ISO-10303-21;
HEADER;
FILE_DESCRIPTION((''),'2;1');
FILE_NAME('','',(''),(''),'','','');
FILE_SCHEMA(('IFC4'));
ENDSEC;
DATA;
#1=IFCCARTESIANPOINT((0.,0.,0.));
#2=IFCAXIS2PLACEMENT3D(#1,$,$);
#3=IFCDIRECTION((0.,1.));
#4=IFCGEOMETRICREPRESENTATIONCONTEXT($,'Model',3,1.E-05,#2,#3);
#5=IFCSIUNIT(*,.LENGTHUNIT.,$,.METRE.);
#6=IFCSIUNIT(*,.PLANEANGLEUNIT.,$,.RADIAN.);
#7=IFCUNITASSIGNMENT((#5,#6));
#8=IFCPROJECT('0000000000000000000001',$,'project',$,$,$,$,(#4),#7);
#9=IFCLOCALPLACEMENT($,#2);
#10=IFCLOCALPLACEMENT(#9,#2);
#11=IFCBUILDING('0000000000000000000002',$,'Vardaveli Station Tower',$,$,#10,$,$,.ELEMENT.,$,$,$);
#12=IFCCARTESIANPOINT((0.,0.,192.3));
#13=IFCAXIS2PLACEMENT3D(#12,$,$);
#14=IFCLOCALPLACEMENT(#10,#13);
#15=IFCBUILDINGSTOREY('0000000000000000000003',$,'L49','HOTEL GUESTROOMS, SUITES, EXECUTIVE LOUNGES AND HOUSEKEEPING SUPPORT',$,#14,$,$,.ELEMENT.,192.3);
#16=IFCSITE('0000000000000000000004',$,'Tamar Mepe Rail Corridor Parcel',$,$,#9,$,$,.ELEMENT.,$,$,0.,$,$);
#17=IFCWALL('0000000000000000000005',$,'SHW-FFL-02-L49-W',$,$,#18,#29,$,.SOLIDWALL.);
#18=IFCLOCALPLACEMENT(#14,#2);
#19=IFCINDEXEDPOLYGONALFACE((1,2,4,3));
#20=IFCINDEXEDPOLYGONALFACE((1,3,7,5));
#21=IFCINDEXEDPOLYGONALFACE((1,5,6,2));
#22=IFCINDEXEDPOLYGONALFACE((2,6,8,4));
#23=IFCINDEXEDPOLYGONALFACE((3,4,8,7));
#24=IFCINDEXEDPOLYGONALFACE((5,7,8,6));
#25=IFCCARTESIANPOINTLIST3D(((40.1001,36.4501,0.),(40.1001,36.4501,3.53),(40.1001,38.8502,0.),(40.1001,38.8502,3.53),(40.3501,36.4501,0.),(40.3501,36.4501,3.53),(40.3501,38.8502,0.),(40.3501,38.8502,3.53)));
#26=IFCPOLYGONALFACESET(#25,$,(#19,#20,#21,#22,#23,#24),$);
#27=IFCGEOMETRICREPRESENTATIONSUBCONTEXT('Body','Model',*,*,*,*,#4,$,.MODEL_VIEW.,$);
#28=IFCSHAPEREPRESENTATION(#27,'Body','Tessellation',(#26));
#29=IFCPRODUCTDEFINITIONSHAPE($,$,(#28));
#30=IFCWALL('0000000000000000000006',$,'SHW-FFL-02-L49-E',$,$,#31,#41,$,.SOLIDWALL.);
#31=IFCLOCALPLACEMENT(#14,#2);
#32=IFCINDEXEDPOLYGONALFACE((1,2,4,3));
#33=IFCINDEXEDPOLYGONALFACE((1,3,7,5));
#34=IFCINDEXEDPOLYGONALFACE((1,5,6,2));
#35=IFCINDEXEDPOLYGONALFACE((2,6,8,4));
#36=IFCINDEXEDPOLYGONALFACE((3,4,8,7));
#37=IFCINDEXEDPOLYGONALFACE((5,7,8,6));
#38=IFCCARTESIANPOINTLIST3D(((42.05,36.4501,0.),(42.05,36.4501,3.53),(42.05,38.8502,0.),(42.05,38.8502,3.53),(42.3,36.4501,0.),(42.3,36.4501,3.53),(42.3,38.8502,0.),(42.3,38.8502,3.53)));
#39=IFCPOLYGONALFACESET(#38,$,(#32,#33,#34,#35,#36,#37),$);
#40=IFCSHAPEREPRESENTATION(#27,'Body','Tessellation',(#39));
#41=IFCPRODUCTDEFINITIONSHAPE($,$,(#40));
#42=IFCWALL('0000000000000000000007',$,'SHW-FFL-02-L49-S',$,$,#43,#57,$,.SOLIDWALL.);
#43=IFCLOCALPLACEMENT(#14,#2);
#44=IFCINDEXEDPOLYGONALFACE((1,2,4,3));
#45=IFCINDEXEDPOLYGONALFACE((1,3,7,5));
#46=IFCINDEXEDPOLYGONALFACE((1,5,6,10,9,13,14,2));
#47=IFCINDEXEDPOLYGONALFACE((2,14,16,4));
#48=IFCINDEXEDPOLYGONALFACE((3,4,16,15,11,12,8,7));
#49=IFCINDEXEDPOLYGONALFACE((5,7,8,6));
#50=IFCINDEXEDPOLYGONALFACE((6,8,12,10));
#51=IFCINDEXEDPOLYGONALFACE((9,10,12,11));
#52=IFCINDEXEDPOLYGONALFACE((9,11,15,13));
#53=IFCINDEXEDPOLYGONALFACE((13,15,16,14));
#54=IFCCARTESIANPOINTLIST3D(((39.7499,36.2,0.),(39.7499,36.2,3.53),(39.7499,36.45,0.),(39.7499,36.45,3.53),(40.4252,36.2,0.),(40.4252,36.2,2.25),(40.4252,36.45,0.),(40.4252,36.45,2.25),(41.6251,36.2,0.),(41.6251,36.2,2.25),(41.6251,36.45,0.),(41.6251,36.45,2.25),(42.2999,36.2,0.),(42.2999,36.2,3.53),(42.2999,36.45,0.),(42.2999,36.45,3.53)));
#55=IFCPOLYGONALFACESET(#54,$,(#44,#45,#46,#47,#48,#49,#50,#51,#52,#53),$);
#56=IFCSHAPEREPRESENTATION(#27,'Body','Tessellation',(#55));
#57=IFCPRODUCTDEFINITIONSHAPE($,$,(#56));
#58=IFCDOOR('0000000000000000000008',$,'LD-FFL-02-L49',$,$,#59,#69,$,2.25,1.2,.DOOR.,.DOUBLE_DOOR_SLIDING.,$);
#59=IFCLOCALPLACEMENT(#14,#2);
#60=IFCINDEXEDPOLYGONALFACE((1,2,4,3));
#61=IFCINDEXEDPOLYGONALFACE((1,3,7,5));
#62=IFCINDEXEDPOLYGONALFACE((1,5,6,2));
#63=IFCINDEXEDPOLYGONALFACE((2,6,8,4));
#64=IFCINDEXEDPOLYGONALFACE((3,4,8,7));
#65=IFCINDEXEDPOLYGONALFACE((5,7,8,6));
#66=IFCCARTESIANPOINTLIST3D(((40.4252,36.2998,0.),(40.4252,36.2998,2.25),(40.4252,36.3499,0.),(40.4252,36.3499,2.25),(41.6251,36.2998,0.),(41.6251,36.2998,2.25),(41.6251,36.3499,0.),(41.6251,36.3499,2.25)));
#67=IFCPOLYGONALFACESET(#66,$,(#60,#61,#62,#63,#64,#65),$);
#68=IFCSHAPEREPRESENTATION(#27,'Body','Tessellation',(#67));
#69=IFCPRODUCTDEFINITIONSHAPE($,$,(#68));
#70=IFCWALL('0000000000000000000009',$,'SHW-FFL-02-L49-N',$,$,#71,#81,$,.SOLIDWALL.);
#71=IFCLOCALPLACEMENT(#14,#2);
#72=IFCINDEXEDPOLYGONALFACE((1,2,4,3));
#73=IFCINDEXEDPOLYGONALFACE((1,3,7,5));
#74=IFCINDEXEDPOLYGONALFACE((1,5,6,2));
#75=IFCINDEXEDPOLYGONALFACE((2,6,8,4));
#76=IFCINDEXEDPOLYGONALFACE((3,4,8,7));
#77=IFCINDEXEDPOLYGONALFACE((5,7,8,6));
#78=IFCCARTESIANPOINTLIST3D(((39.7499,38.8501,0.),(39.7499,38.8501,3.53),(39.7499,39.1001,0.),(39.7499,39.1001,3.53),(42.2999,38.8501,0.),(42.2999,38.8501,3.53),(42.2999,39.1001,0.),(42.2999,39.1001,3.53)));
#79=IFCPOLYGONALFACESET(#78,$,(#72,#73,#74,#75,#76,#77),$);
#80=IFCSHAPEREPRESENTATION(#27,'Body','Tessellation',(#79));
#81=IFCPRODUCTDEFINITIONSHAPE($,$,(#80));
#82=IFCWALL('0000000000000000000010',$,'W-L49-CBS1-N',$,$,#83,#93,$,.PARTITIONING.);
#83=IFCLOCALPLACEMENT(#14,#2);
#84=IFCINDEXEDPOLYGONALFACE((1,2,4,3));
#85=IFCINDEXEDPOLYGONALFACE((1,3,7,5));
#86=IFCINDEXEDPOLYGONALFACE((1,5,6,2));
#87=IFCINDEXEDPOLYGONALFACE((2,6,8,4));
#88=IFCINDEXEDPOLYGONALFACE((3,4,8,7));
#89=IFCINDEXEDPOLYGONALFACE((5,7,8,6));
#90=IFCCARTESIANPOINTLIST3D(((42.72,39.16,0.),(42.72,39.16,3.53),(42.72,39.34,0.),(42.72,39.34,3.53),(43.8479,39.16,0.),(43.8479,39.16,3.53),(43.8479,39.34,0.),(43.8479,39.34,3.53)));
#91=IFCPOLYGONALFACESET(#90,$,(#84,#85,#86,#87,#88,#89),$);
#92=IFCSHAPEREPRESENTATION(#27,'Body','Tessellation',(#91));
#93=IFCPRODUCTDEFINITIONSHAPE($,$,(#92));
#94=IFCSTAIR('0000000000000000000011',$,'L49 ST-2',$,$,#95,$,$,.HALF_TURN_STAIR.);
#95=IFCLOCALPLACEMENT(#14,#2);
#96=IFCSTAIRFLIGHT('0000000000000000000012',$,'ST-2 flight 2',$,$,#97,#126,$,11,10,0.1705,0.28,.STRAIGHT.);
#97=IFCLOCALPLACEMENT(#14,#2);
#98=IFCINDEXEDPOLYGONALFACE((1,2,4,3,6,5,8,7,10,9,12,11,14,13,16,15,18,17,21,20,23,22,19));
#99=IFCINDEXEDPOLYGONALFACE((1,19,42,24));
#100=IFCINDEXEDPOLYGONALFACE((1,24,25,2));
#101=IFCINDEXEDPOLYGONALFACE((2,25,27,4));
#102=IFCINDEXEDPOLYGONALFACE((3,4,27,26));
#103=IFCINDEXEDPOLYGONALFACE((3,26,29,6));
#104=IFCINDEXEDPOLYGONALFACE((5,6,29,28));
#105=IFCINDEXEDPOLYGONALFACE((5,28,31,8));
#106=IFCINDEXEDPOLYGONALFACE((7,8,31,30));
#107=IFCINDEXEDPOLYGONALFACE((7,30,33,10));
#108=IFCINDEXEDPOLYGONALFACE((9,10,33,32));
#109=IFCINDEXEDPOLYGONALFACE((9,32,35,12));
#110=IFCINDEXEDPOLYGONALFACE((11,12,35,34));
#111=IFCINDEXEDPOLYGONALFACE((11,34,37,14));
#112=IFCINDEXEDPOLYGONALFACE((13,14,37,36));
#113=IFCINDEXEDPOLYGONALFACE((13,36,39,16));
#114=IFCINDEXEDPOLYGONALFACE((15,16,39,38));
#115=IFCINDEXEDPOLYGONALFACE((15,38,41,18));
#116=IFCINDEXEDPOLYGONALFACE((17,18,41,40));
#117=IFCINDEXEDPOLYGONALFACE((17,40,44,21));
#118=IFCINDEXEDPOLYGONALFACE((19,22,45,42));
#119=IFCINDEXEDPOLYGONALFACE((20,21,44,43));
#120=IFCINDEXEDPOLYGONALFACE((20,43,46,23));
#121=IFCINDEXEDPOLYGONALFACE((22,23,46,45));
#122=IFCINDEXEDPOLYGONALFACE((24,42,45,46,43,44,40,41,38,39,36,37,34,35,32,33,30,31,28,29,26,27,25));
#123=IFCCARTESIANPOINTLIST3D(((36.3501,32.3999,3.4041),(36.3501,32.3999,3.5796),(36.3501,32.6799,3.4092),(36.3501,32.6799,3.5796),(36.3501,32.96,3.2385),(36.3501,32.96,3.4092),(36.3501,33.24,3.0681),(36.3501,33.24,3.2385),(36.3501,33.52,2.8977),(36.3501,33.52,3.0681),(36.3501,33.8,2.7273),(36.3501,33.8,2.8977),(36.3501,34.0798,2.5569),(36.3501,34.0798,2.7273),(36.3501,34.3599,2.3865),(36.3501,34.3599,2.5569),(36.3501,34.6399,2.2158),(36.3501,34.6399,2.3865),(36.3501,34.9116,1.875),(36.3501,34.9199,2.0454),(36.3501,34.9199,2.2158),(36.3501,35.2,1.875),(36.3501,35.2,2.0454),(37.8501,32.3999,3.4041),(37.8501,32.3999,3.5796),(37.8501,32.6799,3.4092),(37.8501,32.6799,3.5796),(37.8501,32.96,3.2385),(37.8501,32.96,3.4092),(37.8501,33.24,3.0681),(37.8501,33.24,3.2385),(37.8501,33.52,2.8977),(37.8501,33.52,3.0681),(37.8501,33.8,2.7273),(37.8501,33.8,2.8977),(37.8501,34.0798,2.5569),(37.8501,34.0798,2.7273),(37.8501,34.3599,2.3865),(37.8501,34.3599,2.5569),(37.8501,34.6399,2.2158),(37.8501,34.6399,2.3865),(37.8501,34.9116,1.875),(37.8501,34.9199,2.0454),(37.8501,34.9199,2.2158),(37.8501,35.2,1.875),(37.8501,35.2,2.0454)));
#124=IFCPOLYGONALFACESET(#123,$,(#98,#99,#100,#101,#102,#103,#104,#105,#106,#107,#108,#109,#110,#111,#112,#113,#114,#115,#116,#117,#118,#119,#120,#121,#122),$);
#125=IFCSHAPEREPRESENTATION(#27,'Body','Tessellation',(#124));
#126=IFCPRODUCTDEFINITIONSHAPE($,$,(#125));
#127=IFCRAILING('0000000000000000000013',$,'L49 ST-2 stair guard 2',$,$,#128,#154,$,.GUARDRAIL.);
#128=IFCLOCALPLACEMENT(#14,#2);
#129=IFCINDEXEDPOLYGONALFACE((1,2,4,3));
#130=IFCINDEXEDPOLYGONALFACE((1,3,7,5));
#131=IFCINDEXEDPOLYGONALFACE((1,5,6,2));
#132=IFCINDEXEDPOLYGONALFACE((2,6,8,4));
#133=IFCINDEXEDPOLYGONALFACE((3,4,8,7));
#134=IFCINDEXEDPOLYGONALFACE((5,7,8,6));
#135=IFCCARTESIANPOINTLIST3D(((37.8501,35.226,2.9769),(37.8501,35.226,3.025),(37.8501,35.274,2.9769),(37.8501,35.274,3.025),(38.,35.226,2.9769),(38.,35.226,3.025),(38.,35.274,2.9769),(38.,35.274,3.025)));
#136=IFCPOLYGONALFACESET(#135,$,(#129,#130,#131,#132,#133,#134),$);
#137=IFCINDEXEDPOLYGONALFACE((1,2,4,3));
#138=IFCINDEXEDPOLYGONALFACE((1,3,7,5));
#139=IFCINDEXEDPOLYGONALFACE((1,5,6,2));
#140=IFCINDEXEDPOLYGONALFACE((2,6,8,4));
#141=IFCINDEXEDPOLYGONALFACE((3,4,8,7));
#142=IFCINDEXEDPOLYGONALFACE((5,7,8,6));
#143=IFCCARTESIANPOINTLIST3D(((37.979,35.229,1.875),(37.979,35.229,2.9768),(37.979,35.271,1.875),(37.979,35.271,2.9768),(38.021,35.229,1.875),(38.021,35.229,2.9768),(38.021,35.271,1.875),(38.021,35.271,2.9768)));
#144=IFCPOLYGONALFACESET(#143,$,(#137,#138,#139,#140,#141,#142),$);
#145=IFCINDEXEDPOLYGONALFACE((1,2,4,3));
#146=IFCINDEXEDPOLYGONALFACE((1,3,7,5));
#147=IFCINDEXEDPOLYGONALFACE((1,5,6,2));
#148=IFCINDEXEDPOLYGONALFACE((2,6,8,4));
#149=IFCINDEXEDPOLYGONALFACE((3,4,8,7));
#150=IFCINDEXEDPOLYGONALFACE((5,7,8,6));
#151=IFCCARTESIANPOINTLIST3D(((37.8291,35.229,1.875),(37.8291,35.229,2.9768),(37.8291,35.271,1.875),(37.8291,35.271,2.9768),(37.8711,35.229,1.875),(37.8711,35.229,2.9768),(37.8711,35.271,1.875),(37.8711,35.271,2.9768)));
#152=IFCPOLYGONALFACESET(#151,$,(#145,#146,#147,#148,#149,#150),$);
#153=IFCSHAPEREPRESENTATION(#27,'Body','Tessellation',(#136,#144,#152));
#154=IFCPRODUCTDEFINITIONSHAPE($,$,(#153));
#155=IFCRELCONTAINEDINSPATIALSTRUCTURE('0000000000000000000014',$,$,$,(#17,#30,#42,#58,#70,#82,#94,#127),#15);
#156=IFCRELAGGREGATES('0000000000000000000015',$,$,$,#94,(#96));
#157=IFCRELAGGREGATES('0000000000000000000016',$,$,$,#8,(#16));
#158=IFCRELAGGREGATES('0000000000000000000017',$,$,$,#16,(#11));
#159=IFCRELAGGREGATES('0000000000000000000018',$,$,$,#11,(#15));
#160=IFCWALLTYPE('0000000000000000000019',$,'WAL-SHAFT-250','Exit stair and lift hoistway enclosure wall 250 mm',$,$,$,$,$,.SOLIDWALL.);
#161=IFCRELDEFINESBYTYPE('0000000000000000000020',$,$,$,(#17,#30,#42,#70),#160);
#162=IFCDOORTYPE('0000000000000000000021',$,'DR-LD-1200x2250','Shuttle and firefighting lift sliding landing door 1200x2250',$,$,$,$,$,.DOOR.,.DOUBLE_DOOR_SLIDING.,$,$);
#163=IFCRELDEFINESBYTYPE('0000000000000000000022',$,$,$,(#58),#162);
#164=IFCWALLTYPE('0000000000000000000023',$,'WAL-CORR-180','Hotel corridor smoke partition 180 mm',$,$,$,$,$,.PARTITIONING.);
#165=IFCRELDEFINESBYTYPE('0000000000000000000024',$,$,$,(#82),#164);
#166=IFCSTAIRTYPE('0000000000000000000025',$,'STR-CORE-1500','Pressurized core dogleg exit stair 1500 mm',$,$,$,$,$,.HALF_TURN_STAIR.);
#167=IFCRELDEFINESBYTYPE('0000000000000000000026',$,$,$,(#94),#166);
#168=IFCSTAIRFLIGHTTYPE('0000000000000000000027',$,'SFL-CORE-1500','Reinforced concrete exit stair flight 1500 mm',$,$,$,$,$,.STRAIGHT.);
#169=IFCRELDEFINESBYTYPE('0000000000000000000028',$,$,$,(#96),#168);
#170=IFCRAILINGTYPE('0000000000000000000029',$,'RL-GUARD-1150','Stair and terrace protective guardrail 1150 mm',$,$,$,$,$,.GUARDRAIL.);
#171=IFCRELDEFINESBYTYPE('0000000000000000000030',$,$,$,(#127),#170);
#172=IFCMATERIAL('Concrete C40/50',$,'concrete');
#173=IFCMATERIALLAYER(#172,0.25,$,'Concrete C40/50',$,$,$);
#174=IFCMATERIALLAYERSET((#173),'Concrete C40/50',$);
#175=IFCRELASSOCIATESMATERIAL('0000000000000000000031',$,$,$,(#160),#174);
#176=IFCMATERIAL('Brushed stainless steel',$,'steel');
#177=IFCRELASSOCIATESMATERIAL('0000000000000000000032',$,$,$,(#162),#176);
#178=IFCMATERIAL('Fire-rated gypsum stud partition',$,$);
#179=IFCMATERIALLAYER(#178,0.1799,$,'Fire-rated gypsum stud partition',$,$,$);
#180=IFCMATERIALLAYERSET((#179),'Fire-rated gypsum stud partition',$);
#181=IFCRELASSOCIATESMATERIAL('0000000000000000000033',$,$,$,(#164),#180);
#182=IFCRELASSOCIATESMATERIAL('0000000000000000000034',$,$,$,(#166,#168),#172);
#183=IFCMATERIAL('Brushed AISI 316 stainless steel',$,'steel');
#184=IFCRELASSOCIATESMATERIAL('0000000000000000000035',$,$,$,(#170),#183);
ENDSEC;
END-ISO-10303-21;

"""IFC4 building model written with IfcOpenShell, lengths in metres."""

from ifc_helpers import new_model, si_unit, direction, frame, frame_2d, origin, origin_2d, place, context, subcontext, project, spatial, polyline, rectangle, outline, extrude, source, transform, mapped, material, layer, layer_set, type_object, element, fill, aggregate, save


model = new_model("IFC4")

# Units and contexts
model_context = context("Model", 3, precision=1e-05, world=origin(), true_north=direction((0.0, 1.0)))
body_context = subcontext(model_context, "Body", "Model", "MODEL_VIEW")
ifc_project = project(units=[si_unit("LENGTHUNIT", "METRE"), si_unit("PLANEANGLEUNIT", "RADIAN")], contexts=[model_context])

# Site, building, storey
site_placement = place(None, origin())
site = spatial("IfcSite", under=ifc_project, at=site_placement, Name="Tamar Mepe Rail Corridor Parcel", CompositionType="ELEMENT", RefElevation=0.0)
building_placement = place(site_placement, origin())
building = spatial("IfcBuilding", under=site, at=building_placement, Name="Vardaveli Station Tower", CompositionType="ELEMENT")
storey_placement = place(building_placement, frame((0.0, 0.0, 192.3)))
storey = spatial("IfcBuildingStorey", under=building, at=storey_placement, Name="L49", Description="HOTEL GUESTROOMS, SUITES, EXECUTIVE LOUNGES AND HOUSEKEEPING SUPPORT", CompositionType="ELEMENT", Elevation=192.3)

# Walls
ifc_material_1 = material(Name="Concrete C40/50", Category="concrete")
ifc_layer_1 = layer(ifc_material_1, 0.25, Name="Concrete C40/50")
ifc_layer_set_1 = layer_set([ifc_layer_1], Name="Concrete C40/50")
wall_type_1 = type_object("IfcWallType", Name="WAL-SHAFT-250", Description="Exit stair and lift hoistway enclosure wall 250 mm", PredefinedType="SOLIDWALL", material=ifc_layer_set_1)
shared_shape_1 = source(origin(), body_context, "Body", "SweptSolid", [
    extrude(rectangle(XDim=2.4001, YDim=0.25, at=frame_2d((1.2002, 0.0))), origin(), (0.0, 0.0, 1.0), 3.53),
])
for number, where, z_axis, x_axis, name in (
    (1, (40.2251, 36.45, 0.0), (0.0, 0.0, 1.0), (0.0, 1.0, 0.0), "SHW-FFL-02-L49-W"),
    (2, (42.175, 36.45, 0.0), (0.0, 0.0, 1.0), (0.0, 1.0, 0.0), "SHW-FFL-02-L49-E"),
):
    element("IfcWall", number, at=place(storey_placement, frame(where, z_axis=z_axis, x_axis=x_axis)), inside=storey, type_object=wall_type_1, Name=name, PredefinedType="SOLIDWALL", context=body_context, shape_type="MappedRepresentation", body=[
        mapped(shared_shape_1, transform((0.0, 0.0, 0.0), scale=1.0)),
    ])

# Wall, opening, door
shared_shape_2 = source(origin(), body_context, "Body", "SweptSolid", [
    extrude(rectangle(XDim=2.55, YDim=0.25, at=frame_2d((1.2749, 0.0))), origin(), (0.0, 0.0, 1.0), 3.53),
])
wall_1_placement = place(storey_placement, frame((39.75, 36.325, 0.0), z_axis=(0.0, 0.0, 1.0), x_axis=(1.0, 0.0, 0.0)))
wall_1 = element("IfcWall", 3, at=wall_1_placement, inside=storey, type_object=wall_type_1, Name="SHW-FFL-02-L49-S", PredefinedType="SOLIDWALL", context=body_context, shape_type="MappedRepresentation", body=[
    mapped(shared_shape_2, transform((0.0, 0.0, 0.0), scale=1.0)),
])
shared_shape_3 = source(origin(), body_context, "Body", "SweptSolid", [
    extrude(rectangle(XDim=1.2, YDim=2.25, at=frame_2d((0.6001, 1.125))), frame((0.0, 0.135, 0.0), z_axis=(0.0, -1.0, 0.0), x_axis=(1.0, 0.0, 0.0)), (0.0, 0.0, 1.0), 0.27),
])
opening_placement = place(wall_1_placement, frame((0.675, 0.0, 0.0)))
opening = element("IfcOpeningElement", 4, at=opening_placement, cuts=wall_1, PredefinedType="OPENING", context=body_context, shape_type="MappedRepresentation", body=[
    mapped(shared_shape_3, transform((0.0, 0.0, 0.0), scale=1.0)),
])
ifc_material_2 = material(Name="Brushed stainless steel", Category="steel")
door_type = type_object("IfcDoorType", Name="DR-LD-1200x2250", Description="Shuttle and firefighting lift sliding landing door 1200x2250", OperationType="DOUBLE_DOOR_SLIDING", PredefinedType="DOOR", material=ifc_material_2)
shared_shape_4 = source(origin(), body_context, "Body", "SweptSolid", [
    extrude(rectangle(XDim=1.2, YDim=2.25, at=frame_2d((0.6001, 1.125))), frame((0.0, 0.0249, 0.0), z_axis=(0.0, -1.0, 0.0), x_axis=(1.0, 0.0, 0.0)), (0.0, 0.0, 1.0), 0.05),
])
door_placement = place(opening_placement, origin())
door = element("IfcDoor", 5, at=door_placement, inside=storey, type_object=door_type, Name="LD-FFL-02-L49", OperationType="DOUBLE_DOOR_SLIDING", OverallHeight=2.25, OverallWidth=1.2, PredefinedType="DOOR", context=body_context, shape_type="MappedRepresentation", body=[
    mapped(shared_shape_4, transform((0.0, 0.0, 0.0), scale=1.0)),
])
fill(opening, door)

# Walls
wall_2_placement = place(storey_placement, frame((39.75, 38.9751, 0.0), z_axis=(0.0, 0.0, 1.0), x_axis=(1.0, 0.0, 0.0)))
element("IfcWall", 6, at=wall_2_placement, inside=storey, type_object=wall_type_1, Name="SHW-FFL-02-L49-N", PredefinedType="SOLIDWALL", context=body_context, shape_type="MappedRepresentation", body=[
    mapped(shared_shape_2, transform((0.0, 0.0, 0.0), scale=1.0)),
])
ifc_material_3 = material(Name="Fire-rated gypsum stud partition")
ifc_layer_2 = layer(ifc_material_3, 0.1799, Name="Fire-rated gypsum stud partition")
ifc_layer_set_2 = layer_set([ifc_layer_2], Name="Fire-rated gypsum stud partition")
wall_type_2 = type_object("IfcWallType", Name="WAL-CORR-180", Description="Hotel corridor smoke partition 180 mm", PredefinedType="PARTITIONING", material=ifc_layer_set_2)
shared_shape_5 = source(origin(), body_context, "Body", "SweptSolid", [
    extrude(rectangle(XDim=1.1279, YDim=0.1799, at=frame_2d((0.564, 0.0))), origin(), (0.0, 0.0, 1.0), 3.53),
])
wall_3_placement = place(storey_placement, frame((42.72, 39.25, 0.0), z_axis=(0.0, 0.0, 1.0), x_axis=(1.0, 0.0, 0.0)))
element("IfcWall", 7, at=wall_3_placement, inside=storey, type_object=wall_type_2, Name="W-L49-CBS1-N", PredefinedType="PARTITIONING", context=body_context, shape_type="MappedRepresentation", body=[
    mapped(shared_shape_5, transform((0.0, 0.0, 0.0), scale=1.0)),
])

# Stair, stair flight
stair_type = type_object("IfcStairType", Name="STR-CORE-1500", Description="Pressurized core dogleg exit stair 1500 mm", PredefinedType="HALF_TURN_STAIR", material=ifc_material_1)
stair_placement = place(storey_placement, origin())
stair = element("IfcStair", 8, at=stair_placement, inside=storey, type_object=stair_type, Name="L49 ST-2", PredefinedType="HALF_TURN_STAIR")
stair_flight_type = type_object("IfcStairFlightType", Name="SFL-CORE-1500", Description="Reinforced concrete exit stair flight 1500 mm", PredefinedType="STRAIGHT", material=ifc_material_1)
shared_shape_6 = source(origin(), body_context, "Body", "SweptSolid", [
    extrude(outline(polyline([(0.0, 0.0), (0.0, 0.1704), (0.28, 0.1704), (0.28, 0.3408), (0.5601, 0.3408), (0.5601, 0.5115), (0.8401, 0.5115), (0.8401, 0.6819), (1.1201, 0.6819), (1.1201, 0.8523), (1.3999, 0.8523), (1.3999, 1.0227), (1.6799, 1.0227), (1.6799, 1.1931), (1.96, 1.1931), (1.96, 1.3635), (2.24, 1.3635), (2.24, 1.5342), (2.52, 1.5342), (2.52, 1.7046), (2.8, 1.7046), (2.8, 1.875), (2.8, 1.5291), (0.2883, 0.0), (0.0, 0.0)])), frame((0.0, 0.75, 0.0), z_axis=(0.0, -1.0, 0.0), x_axis=(1.0, 0.0, 0.0)), (0.0, 0.0, 1.0), 1.5),
])
stair_flight_placement = place(storey_placement, frame((37.1001, 35.2, 1.875), z_axis=(0.0, 0.0, 1.0), x_axis=(0.0, -1.0, 0.0)))
stair_flight = element("IfcStairFlight", 9, at=stair_flight_placement, type_object=stair_flight_type, Name="ST-2 flight 2", NumberOfRisers=11, NumberOfTreads=10, PredefinedType="STRAIGHT", RiserHeight=0.1705, TreadLength=0.28, context=body_context, shape_type="MappedRepresentation", body=[
    mapped(shared_shape_6, transform((0.0, 0.0, 0.0), scale=1.0)),
])
aggregate(stair, [stair_flight])

# Railing
ifc_material_4 = material(Name="Brushed AISI 316 stainless steel", Category="steel")
railing_type_1 = type_object("IfcRailingType", Name="RL-GUARD-1150", Description="Stair and terrace protective guardrail 1150 mm", PredefinedType="GUARDRAIL", material=ifc_material_4)
shared_shape_7 = source(origin(), body_context, "Body", "SweptSolid", [
    extrude(rectangle(XDim=0.0481, YDim=0.0481, at=origin_2d()), frame((0.0, 0.0, 1.126), z_axis=(-1.0, 0.0, 0.0), x_axis=(0.0, -1.0, 0.0)), (0.0, 0.0, 1.0), 0.1499),
    extrude(rectangle(XDim=0.042, YDim=0.042, at=origin_2d()), origin(), (0.0, 0.0, 1.0), 1.1018),
    extrude(rectangle(XDim=0.042, YDim=0.042, at=origin_2d()), frame((-0.1499, 0.0, 0.0)), (0.0, 0.0, 1.0), 1.1018),
])
railing_1_placement = place(storey_placement, frame((38.0, 35.25, 1.875)))
element("IfcRailing", 10, at=railing_1_placement, inside=storey, type_object=railing_type_1, Name="L49 ST-2 stair guard 2", PredefinedType="GUARDRAIL", context=body_context, shape_type="MappedRepresentation", body=[
    mapped(shared_shape_7, transform((0.0, 0.0, 0.0), scale=1.0)),
])

save(model, "model.ifc")
